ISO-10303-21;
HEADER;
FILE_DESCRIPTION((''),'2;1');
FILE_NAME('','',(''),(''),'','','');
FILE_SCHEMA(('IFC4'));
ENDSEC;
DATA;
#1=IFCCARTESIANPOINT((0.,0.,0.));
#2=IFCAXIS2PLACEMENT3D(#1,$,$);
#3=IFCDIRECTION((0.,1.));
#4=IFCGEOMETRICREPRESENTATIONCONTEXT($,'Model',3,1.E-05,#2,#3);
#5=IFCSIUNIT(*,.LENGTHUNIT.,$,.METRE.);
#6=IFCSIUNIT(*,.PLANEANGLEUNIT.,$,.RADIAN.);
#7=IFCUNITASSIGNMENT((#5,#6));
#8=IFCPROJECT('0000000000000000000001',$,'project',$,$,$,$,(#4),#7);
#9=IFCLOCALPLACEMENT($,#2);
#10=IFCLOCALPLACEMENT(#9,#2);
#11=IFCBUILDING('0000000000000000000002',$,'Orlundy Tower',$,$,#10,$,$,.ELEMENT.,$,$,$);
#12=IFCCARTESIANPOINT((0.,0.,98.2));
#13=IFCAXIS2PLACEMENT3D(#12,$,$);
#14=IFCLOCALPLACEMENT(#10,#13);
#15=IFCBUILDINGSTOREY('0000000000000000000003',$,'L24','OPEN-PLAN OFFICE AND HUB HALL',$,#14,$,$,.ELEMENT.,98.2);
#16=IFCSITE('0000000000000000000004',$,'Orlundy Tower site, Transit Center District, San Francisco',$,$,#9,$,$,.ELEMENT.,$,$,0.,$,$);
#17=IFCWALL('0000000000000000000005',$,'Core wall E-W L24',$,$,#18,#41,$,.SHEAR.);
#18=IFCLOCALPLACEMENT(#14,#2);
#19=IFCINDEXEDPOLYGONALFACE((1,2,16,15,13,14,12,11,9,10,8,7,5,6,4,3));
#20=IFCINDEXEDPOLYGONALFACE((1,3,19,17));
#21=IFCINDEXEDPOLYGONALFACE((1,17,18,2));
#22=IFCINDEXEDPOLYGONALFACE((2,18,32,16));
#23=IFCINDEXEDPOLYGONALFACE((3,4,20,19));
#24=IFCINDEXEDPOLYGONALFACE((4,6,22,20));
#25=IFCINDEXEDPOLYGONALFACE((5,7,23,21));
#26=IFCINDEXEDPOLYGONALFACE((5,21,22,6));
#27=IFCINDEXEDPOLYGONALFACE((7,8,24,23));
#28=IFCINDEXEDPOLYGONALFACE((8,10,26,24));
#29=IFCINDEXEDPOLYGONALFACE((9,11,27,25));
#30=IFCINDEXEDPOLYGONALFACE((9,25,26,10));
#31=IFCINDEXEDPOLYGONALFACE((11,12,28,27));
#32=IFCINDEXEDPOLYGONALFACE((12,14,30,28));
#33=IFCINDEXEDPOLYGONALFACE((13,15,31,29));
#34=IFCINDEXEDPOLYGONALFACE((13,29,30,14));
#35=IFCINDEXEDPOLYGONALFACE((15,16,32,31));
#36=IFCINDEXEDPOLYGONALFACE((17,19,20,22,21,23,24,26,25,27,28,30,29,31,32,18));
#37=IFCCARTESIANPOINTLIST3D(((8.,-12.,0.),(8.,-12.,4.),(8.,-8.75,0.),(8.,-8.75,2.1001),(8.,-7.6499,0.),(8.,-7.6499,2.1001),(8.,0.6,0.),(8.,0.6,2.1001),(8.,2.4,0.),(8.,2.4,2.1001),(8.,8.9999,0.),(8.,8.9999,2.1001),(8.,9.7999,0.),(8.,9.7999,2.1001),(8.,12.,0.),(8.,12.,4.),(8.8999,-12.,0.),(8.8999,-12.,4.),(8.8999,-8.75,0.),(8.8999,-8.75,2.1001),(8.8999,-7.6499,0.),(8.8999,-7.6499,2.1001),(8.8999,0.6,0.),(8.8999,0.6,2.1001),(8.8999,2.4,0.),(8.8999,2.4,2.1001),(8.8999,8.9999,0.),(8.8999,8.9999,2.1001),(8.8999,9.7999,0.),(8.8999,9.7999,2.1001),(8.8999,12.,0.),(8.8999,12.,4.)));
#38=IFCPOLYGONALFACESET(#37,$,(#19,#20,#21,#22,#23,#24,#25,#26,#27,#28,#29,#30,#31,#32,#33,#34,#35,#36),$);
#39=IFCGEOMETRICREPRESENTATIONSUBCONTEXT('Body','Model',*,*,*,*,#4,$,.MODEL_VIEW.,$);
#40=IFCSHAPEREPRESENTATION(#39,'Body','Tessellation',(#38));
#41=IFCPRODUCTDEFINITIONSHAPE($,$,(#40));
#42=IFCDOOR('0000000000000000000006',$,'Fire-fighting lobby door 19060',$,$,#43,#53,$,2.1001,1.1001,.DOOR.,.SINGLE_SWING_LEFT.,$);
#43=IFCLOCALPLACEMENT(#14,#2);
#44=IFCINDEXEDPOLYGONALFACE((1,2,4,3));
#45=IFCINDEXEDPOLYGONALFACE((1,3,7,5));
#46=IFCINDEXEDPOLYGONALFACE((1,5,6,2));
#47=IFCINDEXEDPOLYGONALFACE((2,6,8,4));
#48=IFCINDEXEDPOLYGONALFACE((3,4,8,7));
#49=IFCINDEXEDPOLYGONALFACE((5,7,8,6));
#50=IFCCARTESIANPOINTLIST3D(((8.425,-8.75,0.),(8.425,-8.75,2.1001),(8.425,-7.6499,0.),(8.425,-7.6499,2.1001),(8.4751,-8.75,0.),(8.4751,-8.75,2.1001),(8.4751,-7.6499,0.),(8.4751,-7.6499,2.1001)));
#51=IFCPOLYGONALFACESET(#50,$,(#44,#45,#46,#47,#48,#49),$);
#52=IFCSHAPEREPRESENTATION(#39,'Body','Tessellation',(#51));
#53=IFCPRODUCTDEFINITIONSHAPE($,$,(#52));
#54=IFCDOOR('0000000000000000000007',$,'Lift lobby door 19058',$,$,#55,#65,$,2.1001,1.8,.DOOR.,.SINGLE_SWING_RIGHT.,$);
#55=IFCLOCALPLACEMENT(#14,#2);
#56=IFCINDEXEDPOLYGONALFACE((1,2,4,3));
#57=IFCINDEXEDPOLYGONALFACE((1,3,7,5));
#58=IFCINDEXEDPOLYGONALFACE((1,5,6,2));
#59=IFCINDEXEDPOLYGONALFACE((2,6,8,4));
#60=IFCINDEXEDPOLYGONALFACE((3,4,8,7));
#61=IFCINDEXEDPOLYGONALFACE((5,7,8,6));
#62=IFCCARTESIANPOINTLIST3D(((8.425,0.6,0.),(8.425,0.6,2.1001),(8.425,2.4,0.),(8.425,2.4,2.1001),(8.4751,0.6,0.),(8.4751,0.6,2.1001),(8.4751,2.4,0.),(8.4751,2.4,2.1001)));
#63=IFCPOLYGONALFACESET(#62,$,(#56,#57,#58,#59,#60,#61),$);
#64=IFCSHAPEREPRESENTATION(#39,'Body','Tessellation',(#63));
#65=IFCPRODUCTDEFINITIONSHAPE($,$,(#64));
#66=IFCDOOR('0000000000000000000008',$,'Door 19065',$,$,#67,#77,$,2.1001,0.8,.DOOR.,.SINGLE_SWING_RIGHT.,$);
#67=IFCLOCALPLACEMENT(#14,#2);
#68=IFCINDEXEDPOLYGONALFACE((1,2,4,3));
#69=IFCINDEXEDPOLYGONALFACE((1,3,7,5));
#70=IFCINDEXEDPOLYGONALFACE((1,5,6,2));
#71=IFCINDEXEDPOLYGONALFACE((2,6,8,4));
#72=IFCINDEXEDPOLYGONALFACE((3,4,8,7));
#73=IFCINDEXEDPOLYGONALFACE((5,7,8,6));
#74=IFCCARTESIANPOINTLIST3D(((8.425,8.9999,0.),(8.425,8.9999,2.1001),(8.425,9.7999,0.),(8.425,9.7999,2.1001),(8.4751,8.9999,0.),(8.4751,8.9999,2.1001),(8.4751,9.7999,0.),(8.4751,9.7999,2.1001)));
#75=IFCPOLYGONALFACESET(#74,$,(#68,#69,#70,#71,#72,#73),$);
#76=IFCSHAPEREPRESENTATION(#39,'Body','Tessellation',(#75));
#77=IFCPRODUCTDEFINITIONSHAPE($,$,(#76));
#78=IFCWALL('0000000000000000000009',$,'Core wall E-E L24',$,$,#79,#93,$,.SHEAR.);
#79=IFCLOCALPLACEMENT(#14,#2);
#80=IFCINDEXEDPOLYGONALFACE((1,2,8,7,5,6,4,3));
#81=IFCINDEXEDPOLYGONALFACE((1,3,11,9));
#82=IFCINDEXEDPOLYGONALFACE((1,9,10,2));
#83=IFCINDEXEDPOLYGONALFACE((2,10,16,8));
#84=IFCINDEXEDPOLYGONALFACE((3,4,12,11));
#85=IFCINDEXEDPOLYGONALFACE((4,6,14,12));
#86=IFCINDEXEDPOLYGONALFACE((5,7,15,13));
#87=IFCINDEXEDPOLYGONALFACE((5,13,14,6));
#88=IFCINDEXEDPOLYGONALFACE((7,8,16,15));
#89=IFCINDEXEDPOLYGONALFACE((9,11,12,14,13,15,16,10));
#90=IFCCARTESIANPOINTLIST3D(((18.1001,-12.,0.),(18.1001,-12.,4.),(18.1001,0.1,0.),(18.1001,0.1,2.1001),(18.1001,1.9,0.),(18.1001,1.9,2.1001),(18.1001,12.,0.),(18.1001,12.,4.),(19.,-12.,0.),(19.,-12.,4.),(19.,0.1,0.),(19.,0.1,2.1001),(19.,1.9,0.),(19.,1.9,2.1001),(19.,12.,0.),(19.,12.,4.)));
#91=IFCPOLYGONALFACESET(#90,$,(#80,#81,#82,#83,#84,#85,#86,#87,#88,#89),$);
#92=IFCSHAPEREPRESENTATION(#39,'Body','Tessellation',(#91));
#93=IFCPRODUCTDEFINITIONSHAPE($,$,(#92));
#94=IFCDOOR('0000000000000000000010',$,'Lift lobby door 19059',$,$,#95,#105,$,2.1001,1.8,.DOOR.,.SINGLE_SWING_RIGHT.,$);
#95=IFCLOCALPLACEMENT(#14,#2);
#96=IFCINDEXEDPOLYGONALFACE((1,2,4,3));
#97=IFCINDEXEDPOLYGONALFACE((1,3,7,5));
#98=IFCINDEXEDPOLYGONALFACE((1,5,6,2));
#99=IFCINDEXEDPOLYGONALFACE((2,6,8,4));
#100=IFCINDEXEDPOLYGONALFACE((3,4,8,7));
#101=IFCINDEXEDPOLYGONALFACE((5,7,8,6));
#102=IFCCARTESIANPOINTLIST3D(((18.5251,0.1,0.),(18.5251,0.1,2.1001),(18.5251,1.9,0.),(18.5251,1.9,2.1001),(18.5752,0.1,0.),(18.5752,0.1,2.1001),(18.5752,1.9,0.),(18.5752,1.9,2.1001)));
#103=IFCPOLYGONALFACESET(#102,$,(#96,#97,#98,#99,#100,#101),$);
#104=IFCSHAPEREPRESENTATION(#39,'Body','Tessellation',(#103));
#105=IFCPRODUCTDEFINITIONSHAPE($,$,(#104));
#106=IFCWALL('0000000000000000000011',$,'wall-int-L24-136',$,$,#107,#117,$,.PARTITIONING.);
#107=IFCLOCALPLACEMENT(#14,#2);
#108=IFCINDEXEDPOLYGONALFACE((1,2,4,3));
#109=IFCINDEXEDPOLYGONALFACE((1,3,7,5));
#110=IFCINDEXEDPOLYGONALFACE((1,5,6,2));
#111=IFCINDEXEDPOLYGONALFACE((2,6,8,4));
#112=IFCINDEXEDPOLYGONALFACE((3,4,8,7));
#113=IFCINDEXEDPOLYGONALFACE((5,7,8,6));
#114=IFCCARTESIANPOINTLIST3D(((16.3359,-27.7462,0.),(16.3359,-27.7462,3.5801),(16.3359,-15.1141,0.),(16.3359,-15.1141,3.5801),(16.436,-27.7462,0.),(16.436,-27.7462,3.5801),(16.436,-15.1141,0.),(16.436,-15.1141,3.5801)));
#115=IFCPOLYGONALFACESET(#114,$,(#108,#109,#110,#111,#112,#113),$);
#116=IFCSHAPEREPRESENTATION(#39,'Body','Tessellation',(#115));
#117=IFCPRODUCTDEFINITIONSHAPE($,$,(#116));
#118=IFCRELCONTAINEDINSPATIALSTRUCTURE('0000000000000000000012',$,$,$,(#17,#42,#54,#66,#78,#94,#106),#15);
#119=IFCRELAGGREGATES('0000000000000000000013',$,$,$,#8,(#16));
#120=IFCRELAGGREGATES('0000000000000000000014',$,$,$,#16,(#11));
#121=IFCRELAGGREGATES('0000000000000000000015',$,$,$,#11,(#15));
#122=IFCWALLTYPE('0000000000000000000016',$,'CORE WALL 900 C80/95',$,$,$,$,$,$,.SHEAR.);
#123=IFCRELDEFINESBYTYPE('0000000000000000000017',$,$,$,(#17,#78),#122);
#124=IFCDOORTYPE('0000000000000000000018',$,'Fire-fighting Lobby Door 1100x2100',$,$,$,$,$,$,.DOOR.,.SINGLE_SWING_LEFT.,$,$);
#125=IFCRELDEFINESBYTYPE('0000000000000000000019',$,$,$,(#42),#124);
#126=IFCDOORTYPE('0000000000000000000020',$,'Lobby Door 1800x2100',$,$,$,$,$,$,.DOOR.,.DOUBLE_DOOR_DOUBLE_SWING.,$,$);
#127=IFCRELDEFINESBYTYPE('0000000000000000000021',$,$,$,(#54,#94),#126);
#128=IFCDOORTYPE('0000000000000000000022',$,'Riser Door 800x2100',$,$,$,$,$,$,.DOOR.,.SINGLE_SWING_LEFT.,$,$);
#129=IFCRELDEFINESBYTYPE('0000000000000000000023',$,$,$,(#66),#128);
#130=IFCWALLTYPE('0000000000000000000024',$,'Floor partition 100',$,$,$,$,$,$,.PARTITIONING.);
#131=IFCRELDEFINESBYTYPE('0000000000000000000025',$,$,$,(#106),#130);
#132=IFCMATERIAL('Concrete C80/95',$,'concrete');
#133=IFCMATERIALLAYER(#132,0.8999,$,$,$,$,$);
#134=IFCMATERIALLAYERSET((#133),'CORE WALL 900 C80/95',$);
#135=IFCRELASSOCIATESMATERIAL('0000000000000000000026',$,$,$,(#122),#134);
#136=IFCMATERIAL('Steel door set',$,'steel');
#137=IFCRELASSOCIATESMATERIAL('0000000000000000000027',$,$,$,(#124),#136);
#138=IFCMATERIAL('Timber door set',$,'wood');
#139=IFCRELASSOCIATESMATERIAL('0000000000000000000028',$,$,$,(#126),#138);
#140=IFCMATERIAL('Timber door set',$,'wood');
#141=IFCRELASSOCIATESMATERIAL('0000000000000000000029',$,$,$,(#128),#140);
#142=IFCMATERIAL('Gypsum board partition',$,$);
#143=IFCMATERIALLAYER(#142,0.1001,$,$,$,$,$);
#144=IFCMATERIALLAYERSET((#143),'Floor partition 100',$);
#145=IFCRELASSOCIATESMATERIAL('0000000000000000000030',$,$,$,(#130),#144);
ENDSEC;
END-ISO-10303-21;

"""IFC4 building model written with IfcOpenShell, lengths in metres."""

from ifc_helpers import new_model, si_unit, direction, frame, frame_2d, origin, place, context, subcontext, project, spatial, rectangle, extrude, material, layer, layer_set, type_object, element, fill, save


model = new_model("IFC4")

# Units and contexts
model_context = context("Model", 3, precision=1e-05, world=origin(), true_north=direction((0.0, 1.0)))
body_context = subcontext(model_context, "Body", "Model", "MODEL_VIEW")
ifc_project = project(units=[si_unit("LENGTHUNIT", "METRE"), si_unit("PLANEANGLEUNIT", "RADIAN")], contexts=[model_context])

# Site, building, storey
site_placement = place(None, origin())
site = spatial("IfcSite", under=ifc_project, at=site_placement, Name="Orlundy Tower site, Transit Center District, San Francisco", CompositionType="ELEMENT", RefElevation=0.0)
building_placement = place(site_placement, origin())
building = spatial("IfcBuilding", under=site, at=building_placement, Name="Orlundy Tower", CompositionType="ELEMENT")
storey_placement = place(building_placement, frame((0.0, 0.0, 98.2)))
storey = spatial("IfcBuildingStorey", under=building, at=storey_placement, Name="L24", Description="OPEN-PLAN OFFICE AND HUB HALL", CompositionType="ELEMENT", Elevation=98.2)

# Shared definitions
ifc_material_1 = material(Name="Concrete C80/95", Category="concrete")
ifc_layer_1 = layer(ifc_material_1, 0.8999)
ifc_layer_set_1 = layer_set([ifc_layer_1], Name="CORE WALL 900 C80/95")
wall_type_1 = type_object("IfcWallType", Name="CORE WALL 900 C80/95", PredefinedType="SHEAR", material=ifc_layer_set_1)

# Wall, openings, doors
wall_1_placement = place(storey_placement, frame((8.45, -12.0, 0.0), z_axis=(0.0, 0.0, 1.0), x_axis=(0.0, 1.0, 0.0)))
wall_1 = element("IfcWall", 1, at=wall_1_placement, inside=storey, type_object=wall_type_1, Name="Core wall E-W L24", PredefinedType="SHEAR", context=body_context, shape_type="SweptSolid", body=[
    extrude(rectangle(XDim=24.0, YDim=0.8999, at=frame_2d((12.0, 0.0))), origin(), (0.0, 0.0, 1.0), 4.0),
])
opening_1_placement = place(wall_1_placement, frame((12.6001, 0.0, 0.0)))
opening_1 = element("IfcOpeningElement", 2, at=opening_1_placement, cuts=wall_1, PredefinedType="OPENING", context=body_context, shape_type="SweptSolid", body=[
    extrude(rectangle(XDim=1.8, YDim=2.1001, at=frame_2d((0.8999, 1.05))), frame((0.0, 0.46, 0.0), z_axis=(0.0, -1.0, 0.0), x_axis=(1.0, 0.0, 0.0)), (0.0, 0.0, 1.0), 0.9199),
])
opening_2_placement = place(wall_1_placement, frame((3.25, 0.0, 0.0)))
opening_2 = element("IfcOpeningElement", 3, at=opening_2_placement, cuts=wall_1, PredefinedType="OPENING", context=body_context, shape_type="SweptSolid", body=[
    extrude(rectangle(XDim=1.1001, YDim=2.1001, at=frame_2d((0.55, 1.05))), frame((0.0, 0.46, 0.0), z_axis=(0.0, -1.0, 0.0), x_axis=(1.0, 0.0, 0.0)), (0.0, 0.0, 1.0), 0.9199),
])
opening_3_placement = place(wall_1_placement, frame((21.0, 0.0, 0.0)))
opening_3 = element("IfcOpeningElement", 4, at=opening_3_placement, cuts=wall_1, PredefinedType="OPENING", context=body_context, shape_type="SweptSolid", body=[
    extrude(rectangle(XDim=0.8, YDim=2.1001, at=frame_2d((0.3999, 1.05))), frame((0.0, 0.46, 0.0), z_axis=(0.0, -1.0, 0.0), x_axis=(1.0, 0.0, 0.0)), (0.0, 0.0, 1.0), 0.9199),
])
ifc_material_2 = material(Name="Steel door set", Category="steel")
door_type_1 = type_object("IfcDoorType", Name="Fire-fighting Lobby Door 1100x2100", OperationType="SINGLE_SWING_LEFT", PredefinedType="DOOR", material=ifc_material_2)
door_1_placement = place(opening_2_placement, origin())
door_1 = element("IfcDoor", 5, at=door_1_placement, inside=storey, type_object=door_type_1, Name="Fire-fighting lobby door 19060", OperationType="SINGLE_SWING_LEFT", OverallHeight=2.1001, OverallWidth=1.1001, PredefinedType="DOOR", context=body_context, shape_type="SweptSolid", body=[
    extrude(rectangle(XDim=1.1001, YDim=2.1001, at=frame_2d((0.55, 1.05))), frame((0.0, 0.0249, 0.0), z_axis=(0.0, -1.0, 0.0), x_axis=(1.0, 0.0, 0.0)), (0.0, 0.0, 1.0), 0.05),
])
fill(opening_2, door_1)
ifc_material_3 = material(Name="Timber door set", Category="wood")
door_type_2 = type_object("IfcDoorType", Name="Lobby Door 1800x2100", OperationType="DOUBLE_DOOR_DOUBLE_SWING", PredefinedType="DOOR", material=ifc_material_3)
door_2_placement = place(opening_1_placement, origin())
door_2 = element("IfcDoor", 6, at=door_2_placement, inside=storey, type_object=door_type_2, Name="Lift lobby door 19058", OperationType="SINGLE_SWING_RIGHT", OverallHeight=2.1001, OverallWidth=1.8, PredefinedType="DOOR", context=body_context, shape_type="SweptSolid", body=[
    extrude(rectangle(XDim=1.8, YDim=2.1001, at=frame_2d((0.8999, 1.05))), frame((0.0, 0.0249, 0.0), z_axis=(0.0, -1.0, 0.0), x_axis=(1.0, 0.0, 0.0)), (0.0, 0.0, 1.0), 0.05),
])
fill(opening_1, door_2)
ifc_material_4 = material(Name="Timber door set", Category="wood")
door_type_3 = type_object("IfcDoorType", Name="Riser Door 800x2100", OperationType="SINGLE_SWING_LEFT", PredefinedType="DOOR", material=ifc_material_4)
door_3_placement = place(opening_3_placement, origin())
door_3 = element("IfcDoor", 7, at=door_3_placement, inside=storey, type_object=door_type_3, Name="Door 19065", OperationType="SINGLE_SWING_RIGHT", OverallHeight=2.1001, OverallWidth=0.8, PredefinedType="DOOR", context=body_context, shape_type="SweptSolid", body=[
    extrude(rectangle(XDim=0.8, YDim=2.1001, at=frame_2d((0.3999, 1.05))), frame((0.0, 0.0249, 0.0), z_axis=(0.0, -1.0, 0.0), x_axis=(1.0, 0.0, 0.0)), (0.0, 0.0, 1.0), 0.05),
])
fill(opening_3, door_3)

# Wall, opening, door
wall_2_placement = place(storey_placement, frame((18.55, -12.0, 0.0), z_axis=(0.0, 0.0, 1.0), x_axis=(0.0, 1.0, 0.0)))
wall_2 = element("IfcWall", 8, at=wall_2_placement, inside=storey, type_object=wall_type_1, Name="Core wall E-E L24", PredefinedType="SHEAR", context=body_context, shape_type="SweptSolid", body=[
    extrude(rectangle(XDim=24.0, YDim=0.8999, at=frame_2d((12.0, 0.0))), origin(), (0.0, 0.0, 1.0), 4.0),
])
opening_4_placement = place(wall_2_placement, frame((12.1001, 0.0, 0.0)))
opening_4 = element("IfcOpeningElement", 9, at=opening_4_placement, cuts=wall_2, PredefinedType="OPENING", context=body_context, shape_type="SweptSolid", body=[
    extrude(rectangle(XDim=1.8, YDim=2.1001, at=frame_2d((0.8999, 1.05))), frame((0.0, 0.46, 0.0), z_axis=(0.0, -1.0, 0.0), x_axis=(1.0, 0.0, 0.0)), (0.0, 0.0, 1.0), 0.9199),
])
door_4_placement = place(opening_4_placement, origin())
door_4 = element("IfcDoor", 10, at=door_4_placement, inside=storey, type_object=door_type_2, Name="Lift lobby door 19059", OperationType="SINGLE_SWING_RIGHT", OverallHeight=2.1001, OverallWidth=1.8, PredefinedType="DOOR", context=body_context, shape_type="SweptSolid", body=[
    extrude(rectangle(XDim=1.8, YDim=2.1001, at=frame_2d((0.8999, 1.05))), frame((0.0, 0.0249, 0.0), z_axis=(0.0, -1.0, 0.0), x_axis=(1.0, 0.0, 0.0)), (0.0, 0.0, 1.0), 0.05),
])
fill(opening_4, door_4)

# Wall
ifc_material_5 = material(Name="Gypsum board partition")
ifc_layer_2 = layer(ifc_material_5, 0.1001)
ifc_layer_set_2 = layer_set([ifc_layer_2], Name="Floor partition 100")
wall_type_2 = type_object("IfcWallType", Name="Floor partition 100", PredefinedType="PARTITIONING", material=ifc_layer_set_2)
wall_3_placement = place(storey_placement, frame((16.386, -27.7461, 0.0), z_axis=(0.0, 0.0, 1.0), x_axis=(0.0, 1.0, 0.0)))
element("IfcWall", 11, at=wall_3_placement, inside=storey, type_object=wall_type_2, Name="wall-int-L24-136", PredefinedType="PARTITIONING", context=body_context, shape_type="SweptSolid", body=[
    extrude(rectangle(XDim=12.6321, YDim=0.1001, at=frame_2d((6.3159, 0.0))), origin(), (0.0, 0.0, 1.0), 3.5801),
])

save(model, "model.ifc")
